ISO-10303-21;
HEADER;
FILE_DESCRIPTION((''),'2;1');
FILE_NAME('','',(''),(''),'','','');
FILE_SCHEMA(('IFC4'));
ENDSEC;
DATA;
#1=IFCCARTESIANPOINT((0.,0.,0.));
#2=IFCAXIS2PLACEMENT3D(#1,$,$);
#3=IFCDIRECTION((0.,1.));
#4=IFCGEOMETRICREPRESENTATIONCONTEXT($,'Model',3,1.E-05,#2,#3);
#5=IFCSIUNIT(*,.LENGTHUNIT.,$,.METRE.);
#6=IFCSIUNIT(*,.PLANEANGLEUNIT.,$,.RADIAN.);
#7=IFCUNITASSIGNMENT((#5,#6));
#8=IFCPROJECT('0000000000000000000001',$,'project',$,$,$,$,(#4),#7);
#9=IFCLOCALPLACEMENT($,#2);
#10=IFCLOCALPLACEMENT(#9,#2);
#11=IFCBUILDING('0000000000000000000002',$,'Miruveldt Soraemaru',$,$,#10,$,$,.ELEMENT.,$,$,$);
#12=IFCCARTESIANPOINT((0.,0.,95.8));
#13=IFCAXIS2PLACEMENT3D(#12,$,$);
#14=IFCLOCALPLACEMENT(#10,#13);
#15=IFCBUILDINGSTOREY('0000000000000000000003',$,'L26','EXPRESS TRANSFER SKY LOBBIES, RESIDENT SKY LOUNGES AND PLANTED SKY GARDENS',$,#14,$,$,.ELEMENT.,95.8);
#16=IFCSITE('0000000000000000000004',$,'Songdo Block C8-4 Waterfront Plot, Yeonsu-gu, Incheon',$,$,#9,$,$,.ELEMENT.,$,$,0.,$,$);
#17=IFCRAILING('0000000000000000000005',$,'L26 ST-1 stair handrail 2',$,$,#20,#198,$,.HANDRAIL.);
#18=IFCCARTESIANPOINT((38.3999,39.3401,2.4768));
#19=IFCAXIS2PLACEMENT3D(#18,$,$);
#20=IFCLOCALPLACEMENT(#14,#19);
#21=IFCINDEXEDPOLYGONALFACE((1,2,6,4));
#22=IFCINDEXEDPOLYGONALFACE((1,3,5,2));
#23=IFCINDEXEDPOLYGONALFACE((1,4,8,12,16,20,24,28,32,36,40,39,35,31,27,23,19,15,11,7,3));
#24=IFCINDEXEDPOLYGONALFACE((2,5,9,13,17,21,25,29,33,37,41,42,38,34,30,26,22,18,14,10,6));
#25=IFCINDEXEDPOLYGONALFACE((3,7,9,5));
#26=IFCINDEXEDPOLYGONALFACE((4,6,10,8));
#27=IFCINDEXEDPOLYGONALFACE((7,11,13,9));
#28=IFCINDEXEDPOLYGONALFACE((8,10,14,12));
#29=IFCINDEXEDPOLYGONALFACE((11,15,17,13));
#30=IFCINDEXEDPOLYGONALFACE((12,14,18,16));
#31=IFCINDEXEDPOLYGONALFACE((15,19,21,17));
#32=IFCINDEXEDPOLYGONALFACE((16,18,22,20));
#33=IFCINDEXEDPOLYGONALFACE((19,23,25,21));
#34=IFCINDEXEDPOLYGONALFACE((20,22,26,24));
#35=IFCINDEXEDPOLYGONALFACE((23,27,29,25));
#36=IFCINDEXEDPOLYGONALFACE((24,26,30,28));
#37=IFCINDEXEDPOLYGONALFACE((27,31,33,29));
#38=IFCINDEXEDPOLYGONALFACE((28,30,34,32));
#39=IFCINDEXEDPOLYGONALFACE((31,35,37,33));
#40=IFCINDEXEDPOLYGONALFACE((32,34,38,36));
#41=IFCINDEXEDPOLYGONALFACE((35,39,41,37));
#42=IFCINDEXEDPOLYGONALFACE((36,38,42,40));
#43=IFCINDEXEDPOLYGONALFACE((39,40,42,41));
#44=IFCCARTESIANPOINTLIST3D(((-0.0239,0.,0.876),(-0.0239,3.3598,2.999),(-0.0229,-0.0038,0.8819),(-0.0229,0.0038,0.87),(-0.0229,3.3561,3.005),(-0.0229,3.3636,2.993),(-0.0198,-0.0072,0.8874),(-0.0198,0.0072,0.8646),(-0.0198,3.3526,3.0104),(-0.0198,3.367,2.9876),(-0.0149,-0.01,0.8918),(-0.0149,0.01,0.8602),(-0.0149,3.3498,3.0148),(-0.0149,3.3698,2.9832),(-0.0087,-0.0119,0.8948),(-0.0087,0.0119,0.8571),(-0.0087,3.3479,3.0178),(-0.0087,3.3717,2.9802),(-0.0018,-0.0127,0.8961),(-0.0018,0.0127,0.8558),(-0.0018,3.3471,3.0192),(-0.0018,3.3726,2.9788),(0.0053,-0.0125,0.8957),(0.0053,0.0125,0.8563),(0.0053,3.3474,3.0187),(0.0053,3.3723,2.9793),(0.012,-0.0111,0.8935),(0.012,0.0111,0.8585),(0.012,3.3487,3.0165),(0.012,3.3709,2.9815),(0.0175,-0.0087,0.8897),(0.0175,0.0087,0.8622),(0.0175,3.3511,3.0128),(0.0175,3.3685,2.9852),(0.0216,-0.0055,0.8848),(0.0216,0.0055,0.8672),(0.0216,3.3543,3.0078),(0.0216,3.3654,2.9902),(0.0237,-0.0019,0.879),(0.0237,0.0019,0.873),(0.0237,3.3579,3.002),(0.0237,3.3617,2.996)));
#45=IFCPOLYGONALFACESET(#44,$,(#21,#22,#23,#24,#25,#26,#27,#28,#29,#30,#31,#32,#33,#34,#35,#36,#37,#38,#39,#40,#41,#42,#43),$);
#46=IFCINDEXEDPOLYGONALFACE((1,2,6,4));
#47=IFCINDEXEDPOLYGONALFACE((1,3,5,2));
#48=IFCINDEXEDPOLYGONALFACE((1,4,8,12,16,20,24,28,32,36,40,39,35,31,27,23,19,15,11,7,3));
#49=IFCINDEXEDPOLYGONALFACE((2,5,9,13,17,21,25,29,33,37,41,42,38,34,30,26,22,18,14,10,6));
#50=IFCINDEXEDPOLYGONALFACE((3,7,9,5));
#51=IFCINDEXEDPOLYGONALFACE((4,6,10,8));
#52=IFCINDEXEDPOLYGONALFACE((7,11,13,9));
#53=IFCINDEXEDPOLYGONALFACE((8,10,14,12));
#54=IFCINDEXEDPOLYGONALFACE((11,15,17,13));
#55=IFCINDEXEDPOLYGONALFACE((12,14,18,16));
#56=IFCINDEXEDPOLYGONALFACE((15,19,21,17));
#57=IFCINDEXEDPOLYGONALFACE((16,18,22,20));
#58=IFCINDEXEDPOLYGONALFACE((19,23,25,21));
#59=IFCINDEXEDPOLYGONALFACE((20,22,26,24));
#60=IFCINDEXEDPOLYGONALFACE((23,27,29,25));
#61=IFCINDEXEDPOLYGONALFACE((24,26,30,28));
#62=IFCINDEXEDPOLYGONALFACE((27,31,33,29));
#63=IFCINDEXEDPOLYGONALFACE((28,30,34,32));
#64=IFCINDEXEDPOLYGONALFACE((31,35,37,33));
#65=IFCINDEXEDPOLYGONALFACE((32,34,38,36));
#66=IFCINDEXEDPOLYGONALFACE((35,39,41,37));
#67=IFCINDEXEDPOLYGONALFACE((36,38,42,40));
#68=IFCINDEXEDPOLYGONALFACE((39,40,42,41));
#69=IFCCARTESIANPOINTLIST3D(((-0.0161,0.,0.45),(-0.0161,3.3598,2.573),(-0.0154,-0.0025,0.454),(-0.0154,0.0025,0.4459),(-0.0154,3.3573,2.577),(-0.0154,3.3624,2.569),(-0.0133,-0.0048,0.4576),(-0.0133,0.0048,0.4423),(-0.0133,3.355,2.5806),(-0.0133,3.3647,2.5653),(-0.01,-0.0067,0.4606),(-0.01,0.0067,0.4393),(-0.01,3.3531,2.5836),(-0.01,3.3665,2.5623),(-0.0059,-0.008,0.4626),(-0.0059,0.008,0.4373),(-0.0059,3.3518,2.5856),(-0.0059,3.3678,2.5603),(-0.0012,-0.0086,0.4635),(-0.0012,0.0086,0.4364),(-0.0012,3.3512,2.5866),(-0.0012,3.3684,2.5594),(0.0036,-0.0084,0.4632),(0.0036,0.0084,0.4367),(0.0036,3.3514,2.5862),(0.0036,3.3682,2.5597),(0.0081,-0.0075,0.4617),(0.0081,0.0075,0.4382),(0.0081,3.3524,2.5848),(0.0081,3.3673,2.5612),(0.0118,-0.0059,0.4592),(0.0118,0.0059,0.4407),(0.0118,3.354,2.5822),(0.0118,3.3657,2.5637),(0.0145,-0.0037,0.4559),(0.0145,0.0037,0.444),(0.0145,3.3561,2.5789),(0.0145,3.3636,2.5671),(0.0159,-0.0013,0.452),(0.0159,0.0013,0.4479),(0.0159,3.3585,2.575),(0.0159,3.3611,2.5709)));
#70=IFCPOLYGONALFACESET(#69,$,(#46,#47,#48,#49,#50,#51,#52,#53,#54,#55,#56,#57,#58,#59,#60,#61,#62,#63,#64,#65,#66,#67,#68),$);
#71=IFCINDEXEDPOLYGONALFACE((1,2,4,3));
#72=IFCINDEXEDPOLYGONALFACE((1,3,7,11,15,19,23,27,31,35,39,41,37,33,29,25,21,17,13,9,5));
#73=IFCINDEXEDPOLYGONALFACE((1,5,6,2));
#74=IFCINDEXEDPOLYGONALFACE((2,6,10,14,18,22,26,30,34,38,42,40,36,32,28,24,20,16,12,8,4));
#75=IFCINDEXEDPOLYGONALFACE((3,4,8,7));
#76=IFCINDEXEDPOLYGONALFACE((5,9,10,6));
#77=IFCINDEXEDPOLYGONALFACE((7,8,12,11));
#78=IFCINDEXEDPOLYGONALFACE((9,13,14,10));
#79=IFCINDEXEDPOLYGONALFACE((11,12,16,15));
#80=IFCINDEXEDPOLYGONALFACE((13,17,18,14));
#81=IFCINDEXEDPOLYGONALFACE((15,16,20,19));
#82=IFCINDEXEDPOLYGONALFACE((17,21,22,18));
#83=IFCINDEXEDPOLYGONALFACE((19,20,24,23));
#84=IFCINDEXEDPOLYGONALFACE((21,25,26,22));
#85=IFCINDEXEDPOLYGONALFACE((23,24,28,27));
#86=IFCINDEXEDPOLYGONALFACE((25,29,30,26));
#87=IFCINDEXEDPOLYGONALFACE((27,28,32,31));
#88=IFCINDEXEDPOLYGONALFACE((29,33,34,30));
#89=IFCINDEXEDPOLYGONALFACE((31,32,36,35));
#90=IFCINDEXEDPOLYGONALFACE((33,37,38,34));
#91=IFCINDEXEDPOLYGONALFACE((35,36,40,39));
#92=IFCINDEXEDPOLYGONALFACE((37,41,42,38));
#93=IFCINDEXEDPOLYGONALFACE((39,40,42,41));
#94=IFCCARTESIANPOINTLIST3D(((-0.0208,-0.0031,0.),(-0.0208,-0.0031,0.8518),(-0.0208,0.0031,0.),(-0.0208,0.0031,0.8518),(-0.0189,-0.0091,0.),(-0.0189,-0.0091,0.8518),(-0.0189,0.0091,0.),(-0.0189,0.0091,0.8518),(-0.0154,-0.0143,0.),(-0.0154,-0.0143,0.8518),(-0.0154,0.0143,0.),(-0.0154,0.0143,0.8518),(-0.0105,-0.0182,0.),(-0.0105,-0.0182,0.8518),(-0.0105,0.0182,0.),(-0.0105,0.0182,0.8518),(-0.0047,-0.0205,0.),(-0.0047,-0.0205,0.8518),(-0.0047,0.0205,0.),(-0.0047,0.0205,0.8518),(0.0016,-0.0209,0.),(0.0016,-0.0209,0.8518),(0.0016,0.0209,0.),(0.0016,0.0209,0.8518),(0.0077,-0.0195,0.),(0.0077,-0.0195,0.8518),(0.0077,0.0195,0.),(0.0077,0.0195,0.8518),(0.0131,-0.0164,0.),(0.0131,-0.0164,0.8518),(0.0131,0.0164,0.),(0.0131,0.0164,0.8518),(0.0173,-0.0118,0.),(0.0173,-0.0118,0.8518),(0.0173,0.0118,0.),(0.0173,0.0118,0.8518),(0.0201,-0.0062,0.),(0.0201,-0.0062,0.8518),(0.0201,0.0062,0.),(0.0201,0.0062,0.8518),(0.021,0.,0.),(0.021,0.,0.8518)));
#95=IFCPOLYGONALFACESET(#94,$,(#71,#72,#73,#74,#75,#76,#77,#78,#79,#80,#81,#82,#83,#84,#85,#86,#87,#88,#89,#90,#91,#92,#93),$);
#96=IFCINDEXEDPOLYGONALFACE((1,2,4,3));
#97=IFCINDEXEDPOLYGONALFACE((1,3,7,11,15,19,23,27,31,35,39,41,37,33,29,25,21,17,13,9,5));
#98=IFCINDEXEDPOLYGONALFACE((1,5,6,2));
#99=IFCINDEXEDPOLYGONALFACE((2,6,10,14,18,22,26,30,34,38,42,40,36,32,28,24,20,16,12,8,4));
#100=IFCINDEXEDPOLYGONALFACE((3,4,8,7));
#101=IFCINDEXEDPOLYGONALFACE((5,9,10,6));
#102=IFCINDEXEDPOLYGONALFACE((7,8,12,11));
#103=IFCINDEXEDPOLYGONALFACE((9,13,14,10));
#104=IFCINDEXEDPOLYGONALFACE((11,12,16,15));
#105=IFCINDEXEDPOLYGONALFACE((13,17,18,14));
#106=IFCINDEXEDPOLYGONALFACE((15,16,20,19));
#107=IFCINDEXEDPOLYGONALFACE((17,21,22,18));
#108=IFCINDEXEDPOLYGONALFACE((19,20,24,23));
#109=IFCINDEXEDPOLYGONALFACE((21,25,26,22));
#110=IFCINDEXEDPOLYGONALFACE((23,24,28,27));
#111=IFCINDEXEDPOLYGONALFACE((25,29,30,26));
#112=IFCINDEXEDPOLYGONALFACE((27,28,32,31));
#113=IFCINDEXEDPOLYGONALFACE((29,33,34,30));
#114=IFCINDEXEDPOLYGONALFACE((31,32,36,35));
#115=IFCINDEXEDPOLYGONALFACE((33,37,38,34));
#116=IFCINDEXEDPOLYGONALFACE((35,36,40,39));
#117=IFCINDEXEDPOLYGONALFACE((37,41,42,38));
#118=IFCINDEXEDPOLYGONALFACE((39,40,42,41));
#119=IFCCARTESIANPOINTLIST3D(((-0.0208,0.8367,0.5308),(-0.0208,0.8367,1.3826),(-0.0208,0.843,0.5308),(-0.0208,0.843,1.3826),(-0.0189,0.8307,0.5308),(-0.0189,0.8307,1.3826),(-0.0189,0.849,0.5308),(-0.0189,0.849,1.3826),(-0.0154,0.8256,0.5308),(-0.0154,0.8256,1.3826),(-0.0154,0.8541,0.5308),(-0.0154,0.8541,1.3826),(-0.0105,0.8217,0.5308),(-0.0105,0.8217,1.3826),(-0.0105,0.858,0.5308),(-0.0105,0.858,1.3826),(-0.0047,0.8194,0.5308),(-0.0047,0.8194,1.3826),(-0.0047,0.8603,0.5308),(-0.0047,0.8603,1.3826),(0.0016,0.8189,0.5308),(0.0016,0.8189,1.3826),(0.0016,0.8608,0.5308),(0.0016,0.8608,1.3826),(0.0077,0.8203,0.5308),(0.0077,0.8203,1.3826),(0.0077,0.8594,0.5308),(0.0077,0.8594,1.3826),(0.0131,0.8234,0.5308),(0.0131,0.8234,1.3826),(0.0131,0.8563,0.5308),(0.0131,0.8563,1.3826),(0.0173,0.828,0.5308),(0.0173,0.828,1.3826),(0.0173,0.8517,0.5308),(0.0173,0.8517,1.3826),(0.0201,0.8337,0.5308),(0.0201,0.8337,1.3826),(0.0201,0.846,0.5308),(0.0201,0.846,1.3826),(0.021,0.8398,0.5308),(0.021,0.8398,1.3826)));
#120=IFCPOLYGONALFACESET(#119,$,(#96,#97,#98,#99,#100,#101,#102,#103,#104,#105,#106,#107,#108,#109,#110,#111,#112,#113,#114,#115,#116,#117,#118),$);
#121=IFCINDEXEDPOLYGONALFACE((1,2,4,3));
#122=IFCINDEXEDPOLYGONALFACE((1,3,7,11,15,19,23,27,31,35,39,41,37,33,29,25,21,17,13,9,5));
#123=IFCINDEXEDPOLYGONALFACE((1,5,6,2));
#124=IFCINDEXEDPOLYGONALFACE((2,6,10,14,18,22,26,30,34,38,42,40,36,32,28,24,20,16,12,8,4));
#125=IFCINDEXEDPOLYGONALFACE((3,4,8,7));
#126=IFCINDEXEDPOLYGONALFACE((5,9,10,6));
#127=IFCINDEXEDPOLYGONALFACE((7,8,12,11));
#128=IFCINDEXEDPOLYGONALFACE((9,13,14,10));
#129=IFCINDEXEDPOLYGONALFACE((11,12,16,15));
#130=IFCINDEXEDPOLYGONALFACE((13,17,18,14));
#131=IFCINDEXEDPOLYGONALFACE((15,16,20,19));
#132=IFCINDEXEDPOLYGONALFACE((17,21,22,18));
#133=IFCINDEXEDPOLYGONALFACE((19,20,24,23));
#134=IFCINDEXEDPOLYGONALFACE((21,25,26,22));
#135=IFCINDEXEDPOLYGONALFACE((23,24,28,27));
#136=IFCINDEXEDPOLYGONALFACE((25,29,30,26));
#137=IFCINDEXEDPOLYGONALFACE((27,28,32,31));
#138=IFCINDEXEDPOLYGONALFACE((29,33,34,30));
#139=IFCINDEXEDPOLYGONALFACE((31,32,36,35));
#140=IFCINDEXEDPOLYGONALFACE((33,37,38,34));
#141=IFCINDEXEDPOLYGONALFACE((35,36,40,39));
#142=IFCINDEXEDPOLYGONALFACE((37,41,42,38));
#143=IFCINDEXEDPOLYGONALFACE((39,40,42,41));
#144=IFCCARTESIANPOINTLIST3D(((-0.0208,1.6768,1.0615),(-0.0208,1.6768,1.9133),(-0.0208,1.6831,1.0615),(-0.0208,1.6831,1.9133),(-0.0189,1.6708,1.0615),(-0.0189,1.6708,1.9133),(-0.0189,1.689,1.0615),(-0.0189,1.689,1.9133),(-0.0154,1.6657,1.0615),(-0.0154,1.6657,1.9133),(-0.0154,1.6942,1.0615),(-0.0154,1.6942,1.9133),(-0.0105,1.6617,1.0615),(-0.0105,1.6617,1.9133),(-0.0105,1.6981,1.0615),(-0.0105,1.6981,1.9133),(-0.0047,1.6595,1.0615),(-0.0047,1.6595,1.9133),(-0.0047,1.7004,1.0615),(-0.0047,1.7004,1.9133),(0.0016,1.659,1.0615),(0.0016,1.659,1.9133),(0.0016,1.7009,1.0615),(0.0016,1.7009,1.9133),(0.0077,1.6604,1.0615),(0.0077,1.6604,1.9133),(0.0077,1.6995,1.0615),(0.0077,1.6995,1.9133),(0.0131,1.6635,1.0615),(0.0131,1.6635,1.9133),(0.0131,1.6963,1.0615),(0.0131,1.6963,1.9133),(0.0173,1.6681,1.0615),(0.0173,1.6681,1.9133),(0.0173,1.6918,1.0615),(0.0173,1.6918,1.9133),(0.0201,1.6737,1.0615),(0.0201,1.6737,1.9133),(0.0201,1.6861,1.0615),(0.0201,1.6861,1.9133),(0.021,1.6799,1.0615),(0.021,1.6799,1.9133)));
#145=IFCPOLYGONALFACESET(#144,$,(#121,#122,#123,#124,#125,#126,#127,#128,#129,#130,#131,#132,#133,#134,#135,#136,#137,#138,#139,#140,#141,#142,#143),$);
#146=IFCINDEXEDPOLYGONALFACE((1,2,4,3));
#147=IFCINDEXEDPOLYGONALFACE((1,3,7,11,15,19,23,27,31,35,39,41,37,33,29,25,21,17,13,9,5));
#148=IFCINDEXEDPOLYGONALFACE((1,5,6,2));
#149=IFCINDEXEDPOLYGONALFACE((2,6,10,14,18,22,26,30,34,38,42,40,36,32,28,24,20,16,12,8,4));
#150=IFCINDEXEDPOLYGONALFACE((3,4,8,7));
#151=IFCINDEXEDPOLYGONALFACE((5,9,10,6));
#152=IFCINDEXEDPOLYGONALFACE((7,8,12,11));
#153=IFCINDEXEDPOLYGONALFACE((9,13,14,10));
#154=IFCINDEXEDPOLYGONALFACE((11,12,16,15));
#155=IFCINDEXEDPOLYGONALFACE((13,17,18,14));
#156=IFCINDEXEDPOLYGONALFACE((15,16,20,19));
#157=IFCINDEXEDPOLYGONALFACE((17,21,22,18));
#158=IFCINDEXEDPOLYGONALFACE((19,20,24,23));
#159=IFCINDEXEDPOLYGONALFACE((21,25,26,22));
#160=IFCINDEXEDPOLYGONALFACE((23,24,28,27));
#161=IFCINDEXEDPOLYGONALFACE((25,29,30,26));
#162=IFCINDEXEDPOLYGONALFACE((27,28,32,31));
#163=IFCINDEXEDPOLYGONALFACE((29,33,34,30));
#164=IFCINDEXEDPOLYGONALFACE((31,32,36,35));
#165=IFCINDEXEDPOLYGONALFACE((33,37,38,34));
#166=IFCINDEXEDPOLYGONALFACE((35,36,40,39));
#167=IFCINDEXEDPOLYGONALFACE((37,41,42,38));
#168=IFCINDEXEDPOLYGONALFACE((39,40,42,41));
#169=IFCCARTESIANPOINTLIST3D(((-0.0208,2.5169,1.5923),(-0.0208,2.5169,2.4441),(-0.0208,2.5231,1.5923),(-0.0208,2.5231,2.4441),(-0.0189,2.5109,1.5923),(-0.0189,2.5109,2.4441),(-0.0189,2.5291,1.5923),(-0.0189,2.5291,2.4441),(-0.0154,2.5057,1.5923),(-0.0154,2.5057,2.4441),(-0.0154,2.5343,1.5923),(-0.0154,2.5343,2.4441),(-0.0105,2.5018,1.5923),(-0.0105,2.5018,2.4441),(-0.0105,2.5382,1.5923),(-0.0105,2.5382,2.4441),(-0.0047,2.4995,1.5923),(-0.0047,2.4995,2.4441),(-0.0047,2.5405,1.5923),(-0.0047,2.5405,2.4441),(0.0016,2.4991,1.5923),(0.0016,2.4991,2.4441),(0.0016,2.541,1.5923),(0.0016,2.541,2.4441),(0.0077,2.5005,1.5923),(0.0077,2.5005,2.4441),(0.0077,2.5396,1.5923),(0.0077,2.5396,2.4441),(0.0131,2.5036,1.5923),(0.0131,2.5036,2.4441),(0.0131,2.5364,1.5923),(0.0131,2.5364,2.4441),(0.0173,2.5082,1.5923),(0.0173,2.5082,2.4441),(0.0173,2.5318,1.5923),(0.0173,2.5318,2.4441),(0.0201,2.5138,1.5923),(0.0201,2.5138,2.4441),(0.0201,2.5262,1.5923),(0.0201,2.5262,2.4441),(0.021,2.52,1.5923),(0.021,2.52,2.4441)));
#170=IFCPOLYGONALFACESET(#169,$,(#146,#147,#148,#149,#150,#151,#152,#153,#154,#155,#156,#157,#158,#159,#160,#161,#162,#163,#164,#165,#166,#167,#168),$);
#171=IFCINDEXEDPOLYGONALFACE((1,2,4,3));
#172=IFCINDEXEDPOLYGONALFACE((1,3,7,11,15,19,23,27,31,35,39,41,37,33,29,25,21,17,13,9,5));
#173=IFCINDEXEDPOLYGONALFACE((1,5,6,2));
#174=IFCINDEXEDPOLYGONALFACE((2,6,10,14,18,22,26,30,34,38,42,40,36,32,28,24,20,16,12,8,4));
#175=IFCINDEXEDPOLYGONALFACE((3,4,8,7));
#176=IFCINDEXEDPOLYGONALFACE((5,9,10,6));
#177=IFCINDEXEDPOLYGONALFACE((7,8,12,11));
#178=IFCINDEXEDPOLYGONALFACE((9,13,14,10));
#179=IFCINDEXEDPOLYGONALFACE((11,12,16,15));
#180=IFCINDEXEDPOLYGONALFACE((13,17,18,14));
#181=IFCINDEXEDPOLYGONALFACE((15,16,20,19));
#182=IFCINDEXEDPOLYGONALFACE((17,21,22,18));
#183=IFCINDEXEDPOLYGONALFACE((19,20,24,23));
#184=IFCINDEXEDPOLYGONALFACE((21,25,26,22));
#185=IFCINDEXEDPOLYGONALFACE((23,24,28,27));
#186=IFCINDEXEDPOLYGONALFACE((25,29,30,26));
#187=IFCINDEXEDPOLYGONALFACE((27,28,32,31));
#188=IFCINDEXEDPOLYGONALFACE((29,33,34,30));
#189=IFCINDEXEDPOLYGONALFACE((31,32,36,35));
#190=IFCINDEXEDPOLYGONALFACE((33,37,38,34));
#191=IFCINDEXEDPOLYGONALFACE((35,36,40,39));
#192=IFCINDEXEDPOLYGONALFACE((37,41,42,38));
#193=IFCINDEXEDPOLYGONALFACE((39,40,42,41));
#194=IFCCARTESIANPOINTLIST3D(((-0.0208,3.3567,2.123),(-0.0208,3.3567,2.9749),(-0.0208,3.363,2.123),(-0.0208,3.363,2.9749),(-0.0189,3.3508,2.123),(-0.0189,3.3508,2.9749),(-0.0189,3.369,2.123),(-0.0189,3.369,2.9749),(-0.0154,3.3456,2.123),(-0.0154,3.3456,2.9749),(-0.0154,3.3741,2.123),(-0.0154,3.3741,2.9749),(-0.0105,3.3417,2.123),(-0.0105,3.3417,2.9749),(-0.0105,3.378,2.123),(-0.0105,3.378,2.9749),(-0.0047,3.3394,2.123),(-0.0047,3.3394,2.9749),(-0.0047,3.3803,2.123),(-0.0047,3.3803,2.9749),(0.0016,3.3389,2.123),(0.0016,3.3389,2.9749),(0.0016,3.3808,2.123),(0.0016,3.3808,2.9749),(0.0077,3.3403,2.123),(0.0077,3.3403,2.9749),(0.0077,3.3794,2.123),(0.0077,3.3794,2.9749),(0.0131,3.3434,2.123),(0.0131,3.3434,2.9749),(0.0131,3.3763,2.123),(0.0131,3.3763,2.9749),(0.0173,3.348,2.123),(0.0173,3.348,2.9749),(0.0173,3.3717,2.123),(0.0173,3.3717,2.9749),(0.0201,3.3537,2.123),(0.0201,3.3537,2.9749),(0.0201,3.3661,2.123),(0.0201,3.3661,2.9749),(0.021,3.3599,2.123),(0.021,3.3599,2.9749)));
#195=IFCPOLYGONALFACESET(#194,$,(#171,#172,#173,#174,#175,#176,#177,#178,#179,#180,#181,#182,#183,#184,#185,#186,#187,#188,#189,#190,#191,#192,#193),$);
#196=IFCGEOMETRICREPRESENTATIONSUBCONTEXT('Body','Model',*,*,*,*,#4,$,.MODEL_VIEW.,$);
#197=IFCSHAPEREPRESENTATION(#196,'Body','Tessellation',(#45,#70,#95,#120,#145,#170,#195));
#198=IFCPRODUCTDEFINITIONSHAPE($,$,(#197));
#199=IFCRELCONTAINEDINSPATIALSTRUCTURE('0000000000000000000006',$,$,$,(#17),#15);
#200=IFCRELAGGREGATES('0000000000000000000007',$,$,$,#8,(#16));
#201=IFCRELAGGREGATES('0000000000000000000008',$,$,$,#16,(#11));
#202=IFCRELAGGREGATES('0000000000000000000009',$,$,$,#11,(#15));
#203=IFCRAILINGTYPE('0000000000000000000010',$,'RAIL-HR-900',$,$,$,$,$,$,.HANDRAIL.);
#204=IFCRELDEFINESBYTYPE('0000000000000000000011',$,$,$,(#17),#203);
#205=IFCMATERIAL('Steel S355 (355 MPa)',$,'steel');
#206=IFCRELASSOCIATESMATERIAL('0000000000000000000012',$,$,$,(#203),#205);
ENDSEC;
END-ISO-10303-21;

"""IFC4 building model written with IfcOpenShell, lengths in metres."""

from ifc_helpers import new_model, si_unit, direction, frame, origin, origin_2d, place, context, subcontext, project, spatial, circle, extrude, material, type_object, element, save


model = new_model("IFC4")

# Units and contexts
model_context = context("Model", 3, precision=1e-05, world=origin(), true_north=direction((0.0, 1.0)))
body_context = subcontext(model_context, "Body", "Model", "MODEL_VIEW")
ifc_project = project(units=[si_unit("LENGTHUNIT", "METRE"), si_unit("PLANEANGLEUNIT", "RADIAN")], contexts=[model_context])

# Site, building, storey
site_placement = place(None, origin())
site = spatial("IfcSite", under=ifc_project, at=site_placement, Name="Songdo Block C8-4 Waterfront Plot, Yeonsu-gu, Incheon", CompositionType="ELEMENT", RefElevation=0.0)
building_placement = place(site_placement, origin())
building = spatial("IfcBuilding", under=site, at=building_placement, Name="Miruveldt Soraemaru", CompositionType="ELEMENT")
storey_placement = place(building_placement, frame((0.0, 0.0, 95.8)))
storey = spatial("IfcBuildingStorey", under=building, at=storey_placement, Name="L26", Description="EXPRESS TRANSFER SKY LOBBIES, RESIDENT SKY LOUNGES AND PLANTED SKY GARDENS", CompositionType="ELEMENT", Elevation=95.8)

# Railing
ifc_material_1 = material(Name="Steel S355 (355 MPa)", Category="steel")
railing_type_1 = type_object("IfcRailingType", Name="RAIL-HR-900", PredefinedType="HANDRAIL", material=ifc_material_1)
railing_1_placement = place(storey_placement, frame((38.3999, 39.3401, 2.4768)))
element("IfcRailing", 1, at=railing_1_placement, inside=storey, type_object=railing_type_1, Name="L26 ST-1 stair handrail 2", PredefinedType="HANDRAIL", context=body_context, shape_type="SweptSolid", body=[
    extrude(circle(Radius=0.0239, at=origin_2d()), frame((0.0, 0.0, 0.876), z_axis=(0.0, 0.845372, 0.534178), x_axis=(-1.0, 0.0, 0.0)), (0.0, 0.0, 1.0), 3.9744),
    extrude(circle(Radius=0.0161, at=origin_2d()), frame((0.0, 0.0, 0.45), z_axis=(0.0, 0.845372, 0.534178), x_axis=(-1.0, 0.0, 0.0)), (0.0, 0.0, 1.0), 3.9744),
    extrude(circle(Radius=0.021, at=origin_2d()), origin(), (0.0, 0.0, 1.0), 0.8518),
    extrude(circle(Radius=0.021, at=origin_2d()), frame((0.0, 0.8398, 0.5308)), (0.0, 0.0, 1.0), 0.8518),
    extrude(circle(Radius=0.021, at=origin_2d()), frame((0.0, 1.6799, 1.0615)), (0.0, 0.0, 1.0), 0.8518),
    extrude(circle(Radius=0.021, at=origin_2d()), frame((0.0, 2.52, 1.5923)), (0.0, 0.0, 1.0), 0.8518),
    extrude(circle(Radius=0.021, at=origin_2d()), frame((0.0, 3.3599, 2.123)), (0.0, 0.0, 1.0), 0.8518),
])

save(model, "model.ifc")
